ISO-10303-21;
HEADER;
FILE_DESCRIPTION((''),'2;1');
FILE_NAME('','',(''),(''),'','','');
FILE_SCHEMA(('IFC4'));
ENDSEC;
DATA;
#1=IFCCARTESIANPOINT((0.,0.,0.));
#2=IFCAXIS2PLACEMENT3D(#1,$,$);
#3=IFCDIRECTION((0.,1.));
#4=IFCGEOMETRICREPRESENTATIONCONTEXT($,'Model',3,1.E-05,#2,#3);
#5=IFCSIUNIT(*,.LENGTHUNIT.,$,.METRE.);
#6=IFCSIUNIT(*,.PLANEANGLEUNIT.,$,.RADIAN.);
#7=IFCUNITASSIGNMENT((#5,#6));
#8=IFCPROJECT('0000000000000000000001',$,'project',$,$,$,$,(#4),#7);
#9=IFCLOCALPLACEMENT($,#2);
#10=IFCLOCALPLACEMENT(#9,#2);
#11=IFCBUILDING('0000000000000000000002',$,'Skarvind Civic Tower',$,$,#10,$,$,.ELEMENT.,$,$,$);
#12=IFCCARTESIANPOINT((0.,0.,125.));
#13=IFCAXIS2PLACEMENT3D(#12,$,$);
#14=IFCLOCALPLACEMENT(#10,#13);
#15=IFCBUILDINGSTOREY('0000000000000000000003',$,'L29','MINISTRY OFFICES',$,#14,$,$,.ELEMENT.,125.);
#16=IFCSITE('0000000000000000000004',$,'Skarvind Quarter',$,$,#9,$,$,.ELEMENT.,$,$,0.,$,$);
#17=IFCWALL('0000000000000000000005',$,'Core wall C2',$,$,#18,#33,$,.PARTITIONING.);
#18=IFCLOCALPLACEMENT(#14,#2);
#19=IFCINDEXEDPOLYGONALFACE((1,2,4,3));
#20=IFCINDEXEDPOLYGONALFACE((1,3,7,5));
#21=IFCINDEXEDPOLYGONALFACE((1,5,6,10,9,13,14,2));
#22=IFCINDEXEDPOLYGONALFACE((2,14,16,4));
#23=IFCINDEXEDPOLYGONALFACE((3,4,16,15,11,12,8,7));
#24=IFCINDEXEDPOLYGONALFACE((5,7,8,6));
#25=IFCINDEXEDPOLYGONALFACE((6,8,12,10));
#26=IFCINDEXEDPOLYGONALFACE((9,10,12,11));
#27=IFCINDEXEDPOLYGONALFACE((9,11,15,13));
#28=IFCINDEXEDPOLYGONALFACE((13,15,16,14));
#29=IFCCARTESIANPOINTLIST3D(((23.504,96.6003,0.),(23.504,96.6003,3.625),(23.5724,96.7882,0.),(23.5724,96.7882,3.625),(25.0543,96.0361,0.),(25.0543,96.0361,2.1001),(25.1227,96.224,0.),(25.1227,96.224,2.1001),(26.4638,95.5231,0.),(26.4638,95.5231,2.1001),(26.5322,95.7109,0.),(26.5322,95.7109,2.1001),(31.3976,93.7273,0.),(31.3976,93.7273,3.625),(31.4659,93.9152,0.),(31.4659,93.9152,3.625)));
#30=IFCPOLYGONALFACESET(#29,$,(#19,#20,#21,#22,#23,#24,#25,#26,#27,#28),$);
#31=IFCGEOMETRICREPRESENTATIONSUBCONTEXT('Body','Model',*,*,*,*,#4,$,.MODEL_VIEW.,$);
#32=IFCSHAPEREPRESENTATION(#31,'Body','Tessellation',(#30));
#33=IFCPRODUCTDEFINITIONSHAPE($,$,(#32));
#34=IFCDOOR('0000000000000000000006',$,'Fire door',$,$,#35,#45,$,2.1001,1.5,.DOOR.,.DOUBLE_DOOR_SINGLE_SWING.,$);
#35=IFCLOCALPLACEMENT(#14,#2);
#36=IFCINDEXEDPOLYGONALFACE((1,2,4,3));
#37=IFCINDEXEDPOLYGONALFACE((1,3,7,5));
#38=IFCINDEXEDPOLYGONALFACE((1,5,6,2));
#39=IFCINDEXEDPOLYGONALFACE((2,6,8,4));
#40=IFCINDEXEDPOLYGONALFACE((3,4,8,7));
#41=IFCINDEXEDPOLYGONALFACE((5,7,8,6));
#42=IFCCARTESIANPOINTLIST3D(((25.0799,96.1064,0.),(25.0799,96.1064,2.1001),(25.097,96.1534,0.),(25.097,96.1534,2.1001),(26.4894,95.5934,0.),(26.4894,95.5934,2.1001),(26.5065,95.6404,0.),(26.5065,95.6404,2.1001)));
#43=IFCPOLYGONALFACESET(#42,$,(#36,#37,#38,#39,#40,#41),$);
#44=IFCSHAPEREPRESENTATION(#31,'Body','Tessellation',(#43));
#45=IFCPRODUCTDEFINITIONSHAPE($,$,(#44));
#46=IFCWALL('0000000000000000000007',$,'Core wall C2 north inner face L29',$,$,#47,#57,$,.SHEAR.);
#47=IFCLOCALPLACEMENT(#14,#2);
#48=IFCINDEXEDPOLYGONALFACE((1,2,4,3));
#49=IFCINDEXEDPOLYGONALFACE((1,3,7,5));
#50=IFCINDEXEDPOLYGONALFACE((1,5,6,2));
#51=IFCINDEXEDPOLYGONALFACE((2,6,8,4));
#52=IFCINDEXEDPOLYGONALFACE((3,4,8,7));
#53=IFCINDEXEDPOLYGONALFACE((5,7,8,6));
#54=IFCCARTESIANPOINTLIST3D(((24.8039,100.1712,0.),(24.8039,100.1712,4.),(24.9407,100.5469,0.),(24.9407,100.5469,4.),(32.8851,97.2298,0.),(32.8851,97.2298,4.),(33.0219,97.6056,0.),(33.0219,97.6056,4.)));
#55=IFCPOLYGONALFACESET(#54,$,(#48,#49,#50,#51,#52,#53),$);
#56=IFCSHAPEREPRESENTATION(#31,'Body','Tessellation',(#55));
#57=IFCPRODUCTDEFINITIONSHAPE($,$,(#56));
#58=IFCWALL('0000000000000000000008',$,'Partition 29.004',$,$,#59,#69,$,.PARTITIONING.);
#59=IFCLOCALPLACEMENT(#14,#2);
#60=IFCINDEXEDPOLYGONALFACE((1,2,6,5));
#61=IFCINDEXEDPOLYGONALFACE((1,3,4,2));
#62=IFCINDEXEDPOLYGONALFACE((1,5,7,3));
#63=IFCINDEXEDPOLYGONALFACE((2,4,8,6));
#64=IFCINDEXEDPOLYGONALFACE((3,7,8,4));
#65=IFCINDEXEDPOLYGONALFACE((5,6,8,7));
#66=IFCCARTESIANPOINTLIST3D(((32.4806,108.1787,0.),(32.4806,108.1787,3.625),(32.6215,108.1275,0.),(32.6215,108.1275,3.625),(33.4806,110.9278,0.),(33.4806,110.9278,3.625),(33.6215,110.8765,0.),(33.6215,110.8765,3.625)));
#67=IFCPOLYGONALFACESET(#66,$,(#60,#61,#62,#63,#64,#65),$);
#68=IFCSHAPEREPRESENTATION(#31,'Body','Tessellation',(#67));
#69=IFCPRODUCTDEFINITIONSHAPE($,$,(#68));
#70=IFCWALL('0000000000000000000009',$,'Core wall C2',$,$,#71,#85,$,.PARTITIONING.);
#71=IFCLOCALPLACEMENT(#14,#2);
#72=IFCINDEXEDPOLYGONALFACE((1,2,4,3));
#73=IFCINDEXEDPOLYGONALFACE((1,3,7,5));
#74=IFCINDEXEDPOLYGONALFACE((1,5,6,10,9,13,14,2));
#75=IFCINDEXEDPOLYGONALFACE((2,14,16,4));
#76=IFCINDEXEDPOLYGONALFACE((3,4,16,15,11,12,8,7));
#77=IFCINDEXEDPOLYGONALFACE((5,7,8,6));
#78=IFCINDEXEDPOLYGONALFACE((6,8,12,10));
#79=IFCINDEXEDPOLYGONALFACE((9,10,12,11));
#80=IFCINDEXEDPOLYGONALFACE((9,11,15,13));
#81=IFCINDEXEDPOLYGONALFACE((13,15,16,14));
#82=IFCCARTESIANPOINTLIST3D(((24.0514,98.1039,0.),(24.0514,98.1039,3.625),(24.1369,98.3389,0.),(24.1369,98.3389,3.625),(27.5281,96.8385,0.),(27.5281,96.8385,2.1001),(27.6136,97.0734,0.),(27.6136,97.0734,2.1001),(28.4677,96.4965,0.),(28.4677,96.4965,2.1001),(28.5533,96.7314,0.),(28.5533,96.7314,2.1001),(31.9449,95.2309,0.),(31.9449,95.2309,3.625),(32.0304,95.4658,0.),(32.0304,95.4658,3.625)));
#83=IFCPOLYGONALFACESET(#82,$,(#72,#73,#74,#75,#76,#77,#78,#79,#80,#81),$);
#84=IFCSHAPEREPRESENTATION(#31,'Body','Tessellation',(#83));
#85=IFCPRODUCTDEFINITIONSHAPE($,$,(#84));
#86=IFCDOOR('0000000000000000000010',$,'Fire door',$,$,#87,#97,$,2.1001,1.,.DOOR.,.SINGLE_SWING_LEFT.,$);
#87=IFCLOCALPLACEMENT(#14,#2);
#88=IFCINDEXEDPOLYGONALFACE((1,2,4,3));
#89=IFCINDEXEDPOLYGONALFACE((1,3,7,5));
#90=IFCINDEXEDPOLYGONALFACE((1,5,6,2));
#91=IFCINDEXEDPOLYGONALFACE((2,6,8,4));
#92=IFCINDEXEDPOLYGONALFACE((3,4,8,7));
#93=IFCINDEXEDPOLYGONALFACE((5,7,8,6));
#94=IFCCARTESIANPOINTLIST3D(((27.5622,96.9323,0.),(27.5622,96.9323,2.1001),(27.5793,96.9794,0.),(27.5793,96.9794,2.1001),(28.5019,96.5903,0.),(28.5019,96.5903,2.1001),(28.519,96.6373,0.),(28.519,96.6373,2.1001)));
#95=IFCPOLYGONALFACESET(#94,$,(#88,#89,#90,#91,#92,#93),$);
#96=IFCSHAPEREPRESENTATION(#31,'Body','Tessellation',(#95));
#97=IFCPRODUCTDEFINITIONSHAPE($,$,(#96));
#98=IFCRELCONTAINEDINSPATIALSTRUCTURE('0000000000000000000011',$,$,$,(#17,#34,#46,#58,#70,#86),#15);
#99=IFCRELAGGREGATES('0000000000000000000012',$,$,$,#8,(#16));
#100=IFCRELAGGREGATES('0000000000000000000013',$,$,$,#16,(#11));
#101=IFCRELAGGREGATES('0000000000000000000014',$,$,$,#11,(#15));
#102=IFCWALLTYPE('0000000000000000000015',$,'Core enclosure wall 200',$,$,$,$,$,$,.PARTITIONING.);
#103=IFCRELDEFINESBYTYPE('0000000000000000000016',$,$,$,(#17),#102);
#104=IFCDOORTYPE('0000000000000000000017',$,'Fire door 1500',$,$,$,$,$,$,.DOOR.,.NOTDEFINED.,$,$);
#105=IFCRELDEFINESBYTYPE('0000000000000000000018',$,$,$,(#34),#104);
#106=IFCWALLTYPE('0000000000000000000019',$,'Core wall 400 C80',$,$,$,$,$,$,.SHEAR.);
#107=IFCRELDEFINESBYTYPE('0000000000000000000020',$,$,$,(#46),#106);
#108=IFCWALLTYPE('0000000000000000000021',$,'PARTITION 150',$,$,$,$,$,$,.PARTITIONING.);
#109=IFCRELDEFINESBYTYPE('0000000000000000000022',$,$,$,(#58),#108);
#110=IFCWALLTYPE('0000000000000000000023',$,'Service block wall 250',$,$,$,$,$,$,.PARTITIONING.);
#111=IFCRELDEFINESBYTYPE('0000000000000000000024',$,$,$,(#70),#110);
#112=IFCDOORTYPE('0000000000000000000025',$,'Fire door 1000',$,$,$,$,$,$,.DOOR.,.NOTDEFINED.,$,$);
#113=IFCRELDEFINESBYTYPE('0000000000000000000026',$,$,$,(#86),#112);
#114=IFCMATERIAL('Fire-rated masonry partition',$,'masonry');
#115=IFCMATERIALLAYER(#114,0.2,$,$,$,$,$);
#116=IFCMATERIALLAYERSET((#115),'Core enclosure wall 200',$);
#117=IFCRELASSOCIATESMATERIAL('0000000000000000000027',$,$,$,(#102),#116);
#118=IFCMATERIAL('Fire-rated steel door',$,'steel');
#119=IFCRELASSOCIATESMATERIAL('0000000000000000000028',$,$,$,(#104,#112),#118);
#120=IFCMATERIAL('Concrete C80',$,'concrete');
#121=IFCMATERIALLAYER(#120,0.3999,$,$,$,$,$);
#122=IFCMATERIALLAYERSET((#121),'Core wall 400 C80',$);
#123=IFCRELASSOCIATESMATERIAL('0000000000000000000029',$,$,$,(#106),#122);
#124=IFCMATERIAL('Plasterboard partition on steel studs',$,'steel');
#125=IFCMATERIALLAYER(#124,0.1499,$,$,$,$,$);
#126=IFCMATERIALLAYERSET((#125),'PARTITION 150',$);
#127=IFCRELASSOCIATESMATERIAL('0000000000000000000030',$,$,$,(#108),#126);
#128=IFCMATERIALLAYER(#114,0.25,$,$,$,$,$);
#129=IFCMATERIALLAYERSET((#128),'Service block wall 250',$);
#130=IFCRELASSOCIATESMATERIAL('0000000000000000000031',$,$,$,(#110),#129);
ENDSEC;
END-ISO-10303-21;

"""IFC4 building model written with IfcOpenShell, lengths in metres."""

from ifc_helpers import new_model, si_unit, direction, frame, frame_2d, origin, place, context, subcontext, project, spatial, rectangle, extrude, material, layer, layer_set, type_object, element, fill, save


model = new_model("IFC4")

# Units and contexts
model_context = context("Model", 3, precision=1e-05, world=origin(), true_north=direction((0.0, 1.0)))
body_context = subcontext(model_context, "Body", "Model", "MODEL_VIEW")
ifc_project = project(units=[si_unit("LENGTHUNIT", "METRE"), si_unit("PLANEANGLEUNIT", "RADIAN")], contexts=[model_context])

# Site, building, storey
site_placement = place(None, origin())
site = spatial("IfcSite", under=ifc_project, at=site_placement, Name="Skarvind Quarter", CompositionType="ELEMENT", RefElevation=0.0)
building_placement = place(site_placement, origin())
building = spatial("IfcBuilding", under=site, at=building_placement, Name="Skarvind Civic Tower", CompositionType="ELEMENT")
storey_placement = place(building_placement, frame((0.0, 0.0, 125.0)))
storey = spatial("IfcBuildingStorey", under=building, at=storey_placement, Name="L29", Description="MINISTRY OFFICES", CompositionType="ELEMENT", Elevation=125.0)

# Shared definitions
ifc_material_1 = material(Name="Concrete C80", Category="concrete")

# Wall, opening, door
ifc_material_2 = material(Name="Fire-rated masonry partition", Category="masonry")
ifc_layer_1 = layer(ifc_material_2, 0.2)
ifc_layer_set_1 = layer_set([ifc_layer_1], Name="Core enclosure wall 200")
wall_type_1 = type_object("IfcWallType", Name="Core enclosure wall 200", PredefinedType="PARTITIONING", material=ifc_layer_set_1)
wall_1_placement = place(storey_placement, frame((23.5381, 96.6943, 0.0), z_axis=(0.0, 0.0, 1.0), x_axis=(0.939692, -0.342023, 0.0)))
wall_1 = element("IfcWall", 1, at=wall_1_placement, inside=storey, type_object=wall_type_1, Name="Core wall C2", PredefinedType="PARTITIONING", context=body_context, shape_type="SweptSolid", body=[
    extrude(rectangle(XDim=8.4001, YDim=0.2, at=frame_2d((4.2002, 0.0))), origin(), (0.0, 0.0, 1.0), 3.625),
])
opening_1_placement = place(wall_1_placement, frame((1.6499, 0.0, 0.0)))
opening_1 = element("IfcOpeningElement", 2, at=opening_1_placement, cuts=wall_1, PredefinedType="OPENING", context=body_context, shape_type="SweptSolid", body=[
    extrude(rectangle(XDim=1.5, YDim=2.1001, at=frame_2d((0.75, 1.05))), frame((0.0, 0.1099, 0.0), z_axis=(0.0, -1.0, 0.0), x_axis=(1.0, 0.0, 0.0)), (0.0, 0.0, 1.0), 0.22),
])
ifc_material_3 = material(Name="Fire-rated steel door", Category="steel")
door_type_1 = type_object("IfcDoorType", Name="Fire door 1500", OperationType="NOTDEFINED", PredefinedType="DOOR", material=ifc_material_3)
door_1_placement = place(opening_1_placement, origin())
door_1 = element("IfcDoor", 3, at=door_1_placement, inside=storey, type_object=door_type_1, Name="Fire door", OperationType="DOUBLE_DOOR_SINGLE_SWING", OverallHeight=2.1001, OverallWidth=1.5, PredefinedType="DOOR", context=body_context, shape_type="SweptSolid", body=[
    extrude(rectangle(XDim=1.5, YDim=2.1001, at=frame_2d((0.75, 1.05))), frame((0.0, 0.0249, 0.0), z_axis=(0.0, -1.0, 0.0), x_axis=(1.0, 0.0, 0.0)), (0.0, 0.0, 1.0), 0.05),
])
fill(opening_1, door_1)

# Walls
ifc_layer_2 = layer(ifc_material_1, 0.3999)
ifc_layer_set_2 = layer_set([ifc_layer_2], Name="Core wall 400 C80")
wall_type_2 = type_object("IfcWallType", Name="Core wall 400 C80", PredefinedType="SHEAR", material=ifc_layer_set_2)
wall_2_placement = place(storey_placement, frame((32.9534, 97.4177, 0.0), z_axis=(0.0, 0.0, 1.0), x_axis=(-0.939691, 0.342026, 0.0)))
element("IfcWall", 4, at=wall_2_placement, inside=storey, type_object=wall_type_2, Name="Core wall C2 north inner face L29", PredefinedType="SHEAR", context=body_context, shape_type="SweptSolid", body=[
    extrude(rectangle(XDim=8.5999, YDim=0.3999, at=frame_2d((4.2998, 0.0))), origin(), (0.0, 0.0, 1.0), 4.0),
])
ifc_material_4 = material(Name="Plasterboard partition on steel studs", Category="steel")
ifc_layer_3 = layer(ifc_material_4, 0.1499)
ifc_layer_set_3 = layer_set([ifc_layer_3], Name="PARTITION 150")
wall_type_3 = type_object("IfcWallType", Name="PARTITION 150", PredefinedType="PARTITIONING", material=ifc_layer_set_3)
wall_3_placement = place(storey_placement, frame((32.551, 108.1531, 0.0), z_axis=(0.0, 0.0, 1.0), x_axis=(0.34185, 0.939754, 0.0)))
element("IfcWall", 5, at=wall_3_placement, inside=storey, type_object=wall_type_3, Name="Partition 29.004", PredefinedType="PARTITIONING", context=body_context, shape_type="SweptSolid", body=[
    extrude(rectangle(XDim=2.9253, YDim=0.1499, at=frame_2d((1.4626, 0.0))), origin(), (0.0, 0.0, 1.0), 3.625),
])

# Wall, opening, door
ifc_layer_4 = layer(ifc_material_2, 0.25)
ifc_layer_set_4 = layer_set([ifc_layer_4], Name="Service block wall 250")
wall_type_4 = type_object("IfcWallType", Name="Service block wall 250", PredefinedType="PARTITIONING", material=ifc_layer_set_4)
wall_4_placement = place(storey_placement, frame((24.094, 98.2214, 0.0), z_axis=(0.0, 0.0, 1.0), x_axis=(0.939692, -0.342023, 0.0)))
wall_4 = element("IfcWall", 6, at=wall_4_placement, inside=storey, type_object=wall_type_4, Name="Core wall C2", PredefinedType="PARTITIONING", context=body_context, shape_type="SweptSolid", body=[
    extrude(rectangle(XDim=8.4001, YDim=0.25, at=frame_2d((4.2002, 0.0))), origin(), (0.0, 0.0, 1.0), 3.625),
])
opening_2_placement = place(wall_4_placement, frame((3.7, 0.0, 0.0)))
opening_2 = element("IfcOpeningElement", 7, at=opening_2_placement, cuts=wall_4, PredefinedType="OPENING", context=body_context, shape_type="SweptSolid", body=[
    extrude(rectangle(XDim=1.0, YDim=2.1001, at=frame_2d((0.5, 1.05))), frame((0.0, 0.135, 0.0), z_axis=(0.0, -1.0, 0.0), x_axis=(1.0, 0.0, 0.0)), (0.0, 0.0, 1.0), 0.27),
])
door_type_2 = type_object("IfcDoorType", Name="Fire door 1000", OperationType="NOTDEFINED", PredefinedType="DOOR", material=ifc_material_3)
door_2_placement = place(opening_2_placement, origin())
door_2 = element("IfcDoor", 8, at=door_2_placement, inside=storey, type_object=door_type_2, Name="Fire door", OperationType="SINGLE_SWING_LEFT", OverallHeight=2.1001, OverallWidth=1.0, PredefinedType="DOOR", context=body_context, shape_type="SweptSolid", body=[
    extrude(rectangle(XDim=1.0, YDim=2.1001, at=frame_2d((0.5, 1.05))), frame((0.0, 0.0249, 0.0), z_axis=(0.0, -1.0, 0.0), x_axis=(1.0, 0.0, 0.0)), (0.0, 0.0, 1.0), 0.05),
])
fill(opening_2, door_2)

save(model, "model.ifc")
